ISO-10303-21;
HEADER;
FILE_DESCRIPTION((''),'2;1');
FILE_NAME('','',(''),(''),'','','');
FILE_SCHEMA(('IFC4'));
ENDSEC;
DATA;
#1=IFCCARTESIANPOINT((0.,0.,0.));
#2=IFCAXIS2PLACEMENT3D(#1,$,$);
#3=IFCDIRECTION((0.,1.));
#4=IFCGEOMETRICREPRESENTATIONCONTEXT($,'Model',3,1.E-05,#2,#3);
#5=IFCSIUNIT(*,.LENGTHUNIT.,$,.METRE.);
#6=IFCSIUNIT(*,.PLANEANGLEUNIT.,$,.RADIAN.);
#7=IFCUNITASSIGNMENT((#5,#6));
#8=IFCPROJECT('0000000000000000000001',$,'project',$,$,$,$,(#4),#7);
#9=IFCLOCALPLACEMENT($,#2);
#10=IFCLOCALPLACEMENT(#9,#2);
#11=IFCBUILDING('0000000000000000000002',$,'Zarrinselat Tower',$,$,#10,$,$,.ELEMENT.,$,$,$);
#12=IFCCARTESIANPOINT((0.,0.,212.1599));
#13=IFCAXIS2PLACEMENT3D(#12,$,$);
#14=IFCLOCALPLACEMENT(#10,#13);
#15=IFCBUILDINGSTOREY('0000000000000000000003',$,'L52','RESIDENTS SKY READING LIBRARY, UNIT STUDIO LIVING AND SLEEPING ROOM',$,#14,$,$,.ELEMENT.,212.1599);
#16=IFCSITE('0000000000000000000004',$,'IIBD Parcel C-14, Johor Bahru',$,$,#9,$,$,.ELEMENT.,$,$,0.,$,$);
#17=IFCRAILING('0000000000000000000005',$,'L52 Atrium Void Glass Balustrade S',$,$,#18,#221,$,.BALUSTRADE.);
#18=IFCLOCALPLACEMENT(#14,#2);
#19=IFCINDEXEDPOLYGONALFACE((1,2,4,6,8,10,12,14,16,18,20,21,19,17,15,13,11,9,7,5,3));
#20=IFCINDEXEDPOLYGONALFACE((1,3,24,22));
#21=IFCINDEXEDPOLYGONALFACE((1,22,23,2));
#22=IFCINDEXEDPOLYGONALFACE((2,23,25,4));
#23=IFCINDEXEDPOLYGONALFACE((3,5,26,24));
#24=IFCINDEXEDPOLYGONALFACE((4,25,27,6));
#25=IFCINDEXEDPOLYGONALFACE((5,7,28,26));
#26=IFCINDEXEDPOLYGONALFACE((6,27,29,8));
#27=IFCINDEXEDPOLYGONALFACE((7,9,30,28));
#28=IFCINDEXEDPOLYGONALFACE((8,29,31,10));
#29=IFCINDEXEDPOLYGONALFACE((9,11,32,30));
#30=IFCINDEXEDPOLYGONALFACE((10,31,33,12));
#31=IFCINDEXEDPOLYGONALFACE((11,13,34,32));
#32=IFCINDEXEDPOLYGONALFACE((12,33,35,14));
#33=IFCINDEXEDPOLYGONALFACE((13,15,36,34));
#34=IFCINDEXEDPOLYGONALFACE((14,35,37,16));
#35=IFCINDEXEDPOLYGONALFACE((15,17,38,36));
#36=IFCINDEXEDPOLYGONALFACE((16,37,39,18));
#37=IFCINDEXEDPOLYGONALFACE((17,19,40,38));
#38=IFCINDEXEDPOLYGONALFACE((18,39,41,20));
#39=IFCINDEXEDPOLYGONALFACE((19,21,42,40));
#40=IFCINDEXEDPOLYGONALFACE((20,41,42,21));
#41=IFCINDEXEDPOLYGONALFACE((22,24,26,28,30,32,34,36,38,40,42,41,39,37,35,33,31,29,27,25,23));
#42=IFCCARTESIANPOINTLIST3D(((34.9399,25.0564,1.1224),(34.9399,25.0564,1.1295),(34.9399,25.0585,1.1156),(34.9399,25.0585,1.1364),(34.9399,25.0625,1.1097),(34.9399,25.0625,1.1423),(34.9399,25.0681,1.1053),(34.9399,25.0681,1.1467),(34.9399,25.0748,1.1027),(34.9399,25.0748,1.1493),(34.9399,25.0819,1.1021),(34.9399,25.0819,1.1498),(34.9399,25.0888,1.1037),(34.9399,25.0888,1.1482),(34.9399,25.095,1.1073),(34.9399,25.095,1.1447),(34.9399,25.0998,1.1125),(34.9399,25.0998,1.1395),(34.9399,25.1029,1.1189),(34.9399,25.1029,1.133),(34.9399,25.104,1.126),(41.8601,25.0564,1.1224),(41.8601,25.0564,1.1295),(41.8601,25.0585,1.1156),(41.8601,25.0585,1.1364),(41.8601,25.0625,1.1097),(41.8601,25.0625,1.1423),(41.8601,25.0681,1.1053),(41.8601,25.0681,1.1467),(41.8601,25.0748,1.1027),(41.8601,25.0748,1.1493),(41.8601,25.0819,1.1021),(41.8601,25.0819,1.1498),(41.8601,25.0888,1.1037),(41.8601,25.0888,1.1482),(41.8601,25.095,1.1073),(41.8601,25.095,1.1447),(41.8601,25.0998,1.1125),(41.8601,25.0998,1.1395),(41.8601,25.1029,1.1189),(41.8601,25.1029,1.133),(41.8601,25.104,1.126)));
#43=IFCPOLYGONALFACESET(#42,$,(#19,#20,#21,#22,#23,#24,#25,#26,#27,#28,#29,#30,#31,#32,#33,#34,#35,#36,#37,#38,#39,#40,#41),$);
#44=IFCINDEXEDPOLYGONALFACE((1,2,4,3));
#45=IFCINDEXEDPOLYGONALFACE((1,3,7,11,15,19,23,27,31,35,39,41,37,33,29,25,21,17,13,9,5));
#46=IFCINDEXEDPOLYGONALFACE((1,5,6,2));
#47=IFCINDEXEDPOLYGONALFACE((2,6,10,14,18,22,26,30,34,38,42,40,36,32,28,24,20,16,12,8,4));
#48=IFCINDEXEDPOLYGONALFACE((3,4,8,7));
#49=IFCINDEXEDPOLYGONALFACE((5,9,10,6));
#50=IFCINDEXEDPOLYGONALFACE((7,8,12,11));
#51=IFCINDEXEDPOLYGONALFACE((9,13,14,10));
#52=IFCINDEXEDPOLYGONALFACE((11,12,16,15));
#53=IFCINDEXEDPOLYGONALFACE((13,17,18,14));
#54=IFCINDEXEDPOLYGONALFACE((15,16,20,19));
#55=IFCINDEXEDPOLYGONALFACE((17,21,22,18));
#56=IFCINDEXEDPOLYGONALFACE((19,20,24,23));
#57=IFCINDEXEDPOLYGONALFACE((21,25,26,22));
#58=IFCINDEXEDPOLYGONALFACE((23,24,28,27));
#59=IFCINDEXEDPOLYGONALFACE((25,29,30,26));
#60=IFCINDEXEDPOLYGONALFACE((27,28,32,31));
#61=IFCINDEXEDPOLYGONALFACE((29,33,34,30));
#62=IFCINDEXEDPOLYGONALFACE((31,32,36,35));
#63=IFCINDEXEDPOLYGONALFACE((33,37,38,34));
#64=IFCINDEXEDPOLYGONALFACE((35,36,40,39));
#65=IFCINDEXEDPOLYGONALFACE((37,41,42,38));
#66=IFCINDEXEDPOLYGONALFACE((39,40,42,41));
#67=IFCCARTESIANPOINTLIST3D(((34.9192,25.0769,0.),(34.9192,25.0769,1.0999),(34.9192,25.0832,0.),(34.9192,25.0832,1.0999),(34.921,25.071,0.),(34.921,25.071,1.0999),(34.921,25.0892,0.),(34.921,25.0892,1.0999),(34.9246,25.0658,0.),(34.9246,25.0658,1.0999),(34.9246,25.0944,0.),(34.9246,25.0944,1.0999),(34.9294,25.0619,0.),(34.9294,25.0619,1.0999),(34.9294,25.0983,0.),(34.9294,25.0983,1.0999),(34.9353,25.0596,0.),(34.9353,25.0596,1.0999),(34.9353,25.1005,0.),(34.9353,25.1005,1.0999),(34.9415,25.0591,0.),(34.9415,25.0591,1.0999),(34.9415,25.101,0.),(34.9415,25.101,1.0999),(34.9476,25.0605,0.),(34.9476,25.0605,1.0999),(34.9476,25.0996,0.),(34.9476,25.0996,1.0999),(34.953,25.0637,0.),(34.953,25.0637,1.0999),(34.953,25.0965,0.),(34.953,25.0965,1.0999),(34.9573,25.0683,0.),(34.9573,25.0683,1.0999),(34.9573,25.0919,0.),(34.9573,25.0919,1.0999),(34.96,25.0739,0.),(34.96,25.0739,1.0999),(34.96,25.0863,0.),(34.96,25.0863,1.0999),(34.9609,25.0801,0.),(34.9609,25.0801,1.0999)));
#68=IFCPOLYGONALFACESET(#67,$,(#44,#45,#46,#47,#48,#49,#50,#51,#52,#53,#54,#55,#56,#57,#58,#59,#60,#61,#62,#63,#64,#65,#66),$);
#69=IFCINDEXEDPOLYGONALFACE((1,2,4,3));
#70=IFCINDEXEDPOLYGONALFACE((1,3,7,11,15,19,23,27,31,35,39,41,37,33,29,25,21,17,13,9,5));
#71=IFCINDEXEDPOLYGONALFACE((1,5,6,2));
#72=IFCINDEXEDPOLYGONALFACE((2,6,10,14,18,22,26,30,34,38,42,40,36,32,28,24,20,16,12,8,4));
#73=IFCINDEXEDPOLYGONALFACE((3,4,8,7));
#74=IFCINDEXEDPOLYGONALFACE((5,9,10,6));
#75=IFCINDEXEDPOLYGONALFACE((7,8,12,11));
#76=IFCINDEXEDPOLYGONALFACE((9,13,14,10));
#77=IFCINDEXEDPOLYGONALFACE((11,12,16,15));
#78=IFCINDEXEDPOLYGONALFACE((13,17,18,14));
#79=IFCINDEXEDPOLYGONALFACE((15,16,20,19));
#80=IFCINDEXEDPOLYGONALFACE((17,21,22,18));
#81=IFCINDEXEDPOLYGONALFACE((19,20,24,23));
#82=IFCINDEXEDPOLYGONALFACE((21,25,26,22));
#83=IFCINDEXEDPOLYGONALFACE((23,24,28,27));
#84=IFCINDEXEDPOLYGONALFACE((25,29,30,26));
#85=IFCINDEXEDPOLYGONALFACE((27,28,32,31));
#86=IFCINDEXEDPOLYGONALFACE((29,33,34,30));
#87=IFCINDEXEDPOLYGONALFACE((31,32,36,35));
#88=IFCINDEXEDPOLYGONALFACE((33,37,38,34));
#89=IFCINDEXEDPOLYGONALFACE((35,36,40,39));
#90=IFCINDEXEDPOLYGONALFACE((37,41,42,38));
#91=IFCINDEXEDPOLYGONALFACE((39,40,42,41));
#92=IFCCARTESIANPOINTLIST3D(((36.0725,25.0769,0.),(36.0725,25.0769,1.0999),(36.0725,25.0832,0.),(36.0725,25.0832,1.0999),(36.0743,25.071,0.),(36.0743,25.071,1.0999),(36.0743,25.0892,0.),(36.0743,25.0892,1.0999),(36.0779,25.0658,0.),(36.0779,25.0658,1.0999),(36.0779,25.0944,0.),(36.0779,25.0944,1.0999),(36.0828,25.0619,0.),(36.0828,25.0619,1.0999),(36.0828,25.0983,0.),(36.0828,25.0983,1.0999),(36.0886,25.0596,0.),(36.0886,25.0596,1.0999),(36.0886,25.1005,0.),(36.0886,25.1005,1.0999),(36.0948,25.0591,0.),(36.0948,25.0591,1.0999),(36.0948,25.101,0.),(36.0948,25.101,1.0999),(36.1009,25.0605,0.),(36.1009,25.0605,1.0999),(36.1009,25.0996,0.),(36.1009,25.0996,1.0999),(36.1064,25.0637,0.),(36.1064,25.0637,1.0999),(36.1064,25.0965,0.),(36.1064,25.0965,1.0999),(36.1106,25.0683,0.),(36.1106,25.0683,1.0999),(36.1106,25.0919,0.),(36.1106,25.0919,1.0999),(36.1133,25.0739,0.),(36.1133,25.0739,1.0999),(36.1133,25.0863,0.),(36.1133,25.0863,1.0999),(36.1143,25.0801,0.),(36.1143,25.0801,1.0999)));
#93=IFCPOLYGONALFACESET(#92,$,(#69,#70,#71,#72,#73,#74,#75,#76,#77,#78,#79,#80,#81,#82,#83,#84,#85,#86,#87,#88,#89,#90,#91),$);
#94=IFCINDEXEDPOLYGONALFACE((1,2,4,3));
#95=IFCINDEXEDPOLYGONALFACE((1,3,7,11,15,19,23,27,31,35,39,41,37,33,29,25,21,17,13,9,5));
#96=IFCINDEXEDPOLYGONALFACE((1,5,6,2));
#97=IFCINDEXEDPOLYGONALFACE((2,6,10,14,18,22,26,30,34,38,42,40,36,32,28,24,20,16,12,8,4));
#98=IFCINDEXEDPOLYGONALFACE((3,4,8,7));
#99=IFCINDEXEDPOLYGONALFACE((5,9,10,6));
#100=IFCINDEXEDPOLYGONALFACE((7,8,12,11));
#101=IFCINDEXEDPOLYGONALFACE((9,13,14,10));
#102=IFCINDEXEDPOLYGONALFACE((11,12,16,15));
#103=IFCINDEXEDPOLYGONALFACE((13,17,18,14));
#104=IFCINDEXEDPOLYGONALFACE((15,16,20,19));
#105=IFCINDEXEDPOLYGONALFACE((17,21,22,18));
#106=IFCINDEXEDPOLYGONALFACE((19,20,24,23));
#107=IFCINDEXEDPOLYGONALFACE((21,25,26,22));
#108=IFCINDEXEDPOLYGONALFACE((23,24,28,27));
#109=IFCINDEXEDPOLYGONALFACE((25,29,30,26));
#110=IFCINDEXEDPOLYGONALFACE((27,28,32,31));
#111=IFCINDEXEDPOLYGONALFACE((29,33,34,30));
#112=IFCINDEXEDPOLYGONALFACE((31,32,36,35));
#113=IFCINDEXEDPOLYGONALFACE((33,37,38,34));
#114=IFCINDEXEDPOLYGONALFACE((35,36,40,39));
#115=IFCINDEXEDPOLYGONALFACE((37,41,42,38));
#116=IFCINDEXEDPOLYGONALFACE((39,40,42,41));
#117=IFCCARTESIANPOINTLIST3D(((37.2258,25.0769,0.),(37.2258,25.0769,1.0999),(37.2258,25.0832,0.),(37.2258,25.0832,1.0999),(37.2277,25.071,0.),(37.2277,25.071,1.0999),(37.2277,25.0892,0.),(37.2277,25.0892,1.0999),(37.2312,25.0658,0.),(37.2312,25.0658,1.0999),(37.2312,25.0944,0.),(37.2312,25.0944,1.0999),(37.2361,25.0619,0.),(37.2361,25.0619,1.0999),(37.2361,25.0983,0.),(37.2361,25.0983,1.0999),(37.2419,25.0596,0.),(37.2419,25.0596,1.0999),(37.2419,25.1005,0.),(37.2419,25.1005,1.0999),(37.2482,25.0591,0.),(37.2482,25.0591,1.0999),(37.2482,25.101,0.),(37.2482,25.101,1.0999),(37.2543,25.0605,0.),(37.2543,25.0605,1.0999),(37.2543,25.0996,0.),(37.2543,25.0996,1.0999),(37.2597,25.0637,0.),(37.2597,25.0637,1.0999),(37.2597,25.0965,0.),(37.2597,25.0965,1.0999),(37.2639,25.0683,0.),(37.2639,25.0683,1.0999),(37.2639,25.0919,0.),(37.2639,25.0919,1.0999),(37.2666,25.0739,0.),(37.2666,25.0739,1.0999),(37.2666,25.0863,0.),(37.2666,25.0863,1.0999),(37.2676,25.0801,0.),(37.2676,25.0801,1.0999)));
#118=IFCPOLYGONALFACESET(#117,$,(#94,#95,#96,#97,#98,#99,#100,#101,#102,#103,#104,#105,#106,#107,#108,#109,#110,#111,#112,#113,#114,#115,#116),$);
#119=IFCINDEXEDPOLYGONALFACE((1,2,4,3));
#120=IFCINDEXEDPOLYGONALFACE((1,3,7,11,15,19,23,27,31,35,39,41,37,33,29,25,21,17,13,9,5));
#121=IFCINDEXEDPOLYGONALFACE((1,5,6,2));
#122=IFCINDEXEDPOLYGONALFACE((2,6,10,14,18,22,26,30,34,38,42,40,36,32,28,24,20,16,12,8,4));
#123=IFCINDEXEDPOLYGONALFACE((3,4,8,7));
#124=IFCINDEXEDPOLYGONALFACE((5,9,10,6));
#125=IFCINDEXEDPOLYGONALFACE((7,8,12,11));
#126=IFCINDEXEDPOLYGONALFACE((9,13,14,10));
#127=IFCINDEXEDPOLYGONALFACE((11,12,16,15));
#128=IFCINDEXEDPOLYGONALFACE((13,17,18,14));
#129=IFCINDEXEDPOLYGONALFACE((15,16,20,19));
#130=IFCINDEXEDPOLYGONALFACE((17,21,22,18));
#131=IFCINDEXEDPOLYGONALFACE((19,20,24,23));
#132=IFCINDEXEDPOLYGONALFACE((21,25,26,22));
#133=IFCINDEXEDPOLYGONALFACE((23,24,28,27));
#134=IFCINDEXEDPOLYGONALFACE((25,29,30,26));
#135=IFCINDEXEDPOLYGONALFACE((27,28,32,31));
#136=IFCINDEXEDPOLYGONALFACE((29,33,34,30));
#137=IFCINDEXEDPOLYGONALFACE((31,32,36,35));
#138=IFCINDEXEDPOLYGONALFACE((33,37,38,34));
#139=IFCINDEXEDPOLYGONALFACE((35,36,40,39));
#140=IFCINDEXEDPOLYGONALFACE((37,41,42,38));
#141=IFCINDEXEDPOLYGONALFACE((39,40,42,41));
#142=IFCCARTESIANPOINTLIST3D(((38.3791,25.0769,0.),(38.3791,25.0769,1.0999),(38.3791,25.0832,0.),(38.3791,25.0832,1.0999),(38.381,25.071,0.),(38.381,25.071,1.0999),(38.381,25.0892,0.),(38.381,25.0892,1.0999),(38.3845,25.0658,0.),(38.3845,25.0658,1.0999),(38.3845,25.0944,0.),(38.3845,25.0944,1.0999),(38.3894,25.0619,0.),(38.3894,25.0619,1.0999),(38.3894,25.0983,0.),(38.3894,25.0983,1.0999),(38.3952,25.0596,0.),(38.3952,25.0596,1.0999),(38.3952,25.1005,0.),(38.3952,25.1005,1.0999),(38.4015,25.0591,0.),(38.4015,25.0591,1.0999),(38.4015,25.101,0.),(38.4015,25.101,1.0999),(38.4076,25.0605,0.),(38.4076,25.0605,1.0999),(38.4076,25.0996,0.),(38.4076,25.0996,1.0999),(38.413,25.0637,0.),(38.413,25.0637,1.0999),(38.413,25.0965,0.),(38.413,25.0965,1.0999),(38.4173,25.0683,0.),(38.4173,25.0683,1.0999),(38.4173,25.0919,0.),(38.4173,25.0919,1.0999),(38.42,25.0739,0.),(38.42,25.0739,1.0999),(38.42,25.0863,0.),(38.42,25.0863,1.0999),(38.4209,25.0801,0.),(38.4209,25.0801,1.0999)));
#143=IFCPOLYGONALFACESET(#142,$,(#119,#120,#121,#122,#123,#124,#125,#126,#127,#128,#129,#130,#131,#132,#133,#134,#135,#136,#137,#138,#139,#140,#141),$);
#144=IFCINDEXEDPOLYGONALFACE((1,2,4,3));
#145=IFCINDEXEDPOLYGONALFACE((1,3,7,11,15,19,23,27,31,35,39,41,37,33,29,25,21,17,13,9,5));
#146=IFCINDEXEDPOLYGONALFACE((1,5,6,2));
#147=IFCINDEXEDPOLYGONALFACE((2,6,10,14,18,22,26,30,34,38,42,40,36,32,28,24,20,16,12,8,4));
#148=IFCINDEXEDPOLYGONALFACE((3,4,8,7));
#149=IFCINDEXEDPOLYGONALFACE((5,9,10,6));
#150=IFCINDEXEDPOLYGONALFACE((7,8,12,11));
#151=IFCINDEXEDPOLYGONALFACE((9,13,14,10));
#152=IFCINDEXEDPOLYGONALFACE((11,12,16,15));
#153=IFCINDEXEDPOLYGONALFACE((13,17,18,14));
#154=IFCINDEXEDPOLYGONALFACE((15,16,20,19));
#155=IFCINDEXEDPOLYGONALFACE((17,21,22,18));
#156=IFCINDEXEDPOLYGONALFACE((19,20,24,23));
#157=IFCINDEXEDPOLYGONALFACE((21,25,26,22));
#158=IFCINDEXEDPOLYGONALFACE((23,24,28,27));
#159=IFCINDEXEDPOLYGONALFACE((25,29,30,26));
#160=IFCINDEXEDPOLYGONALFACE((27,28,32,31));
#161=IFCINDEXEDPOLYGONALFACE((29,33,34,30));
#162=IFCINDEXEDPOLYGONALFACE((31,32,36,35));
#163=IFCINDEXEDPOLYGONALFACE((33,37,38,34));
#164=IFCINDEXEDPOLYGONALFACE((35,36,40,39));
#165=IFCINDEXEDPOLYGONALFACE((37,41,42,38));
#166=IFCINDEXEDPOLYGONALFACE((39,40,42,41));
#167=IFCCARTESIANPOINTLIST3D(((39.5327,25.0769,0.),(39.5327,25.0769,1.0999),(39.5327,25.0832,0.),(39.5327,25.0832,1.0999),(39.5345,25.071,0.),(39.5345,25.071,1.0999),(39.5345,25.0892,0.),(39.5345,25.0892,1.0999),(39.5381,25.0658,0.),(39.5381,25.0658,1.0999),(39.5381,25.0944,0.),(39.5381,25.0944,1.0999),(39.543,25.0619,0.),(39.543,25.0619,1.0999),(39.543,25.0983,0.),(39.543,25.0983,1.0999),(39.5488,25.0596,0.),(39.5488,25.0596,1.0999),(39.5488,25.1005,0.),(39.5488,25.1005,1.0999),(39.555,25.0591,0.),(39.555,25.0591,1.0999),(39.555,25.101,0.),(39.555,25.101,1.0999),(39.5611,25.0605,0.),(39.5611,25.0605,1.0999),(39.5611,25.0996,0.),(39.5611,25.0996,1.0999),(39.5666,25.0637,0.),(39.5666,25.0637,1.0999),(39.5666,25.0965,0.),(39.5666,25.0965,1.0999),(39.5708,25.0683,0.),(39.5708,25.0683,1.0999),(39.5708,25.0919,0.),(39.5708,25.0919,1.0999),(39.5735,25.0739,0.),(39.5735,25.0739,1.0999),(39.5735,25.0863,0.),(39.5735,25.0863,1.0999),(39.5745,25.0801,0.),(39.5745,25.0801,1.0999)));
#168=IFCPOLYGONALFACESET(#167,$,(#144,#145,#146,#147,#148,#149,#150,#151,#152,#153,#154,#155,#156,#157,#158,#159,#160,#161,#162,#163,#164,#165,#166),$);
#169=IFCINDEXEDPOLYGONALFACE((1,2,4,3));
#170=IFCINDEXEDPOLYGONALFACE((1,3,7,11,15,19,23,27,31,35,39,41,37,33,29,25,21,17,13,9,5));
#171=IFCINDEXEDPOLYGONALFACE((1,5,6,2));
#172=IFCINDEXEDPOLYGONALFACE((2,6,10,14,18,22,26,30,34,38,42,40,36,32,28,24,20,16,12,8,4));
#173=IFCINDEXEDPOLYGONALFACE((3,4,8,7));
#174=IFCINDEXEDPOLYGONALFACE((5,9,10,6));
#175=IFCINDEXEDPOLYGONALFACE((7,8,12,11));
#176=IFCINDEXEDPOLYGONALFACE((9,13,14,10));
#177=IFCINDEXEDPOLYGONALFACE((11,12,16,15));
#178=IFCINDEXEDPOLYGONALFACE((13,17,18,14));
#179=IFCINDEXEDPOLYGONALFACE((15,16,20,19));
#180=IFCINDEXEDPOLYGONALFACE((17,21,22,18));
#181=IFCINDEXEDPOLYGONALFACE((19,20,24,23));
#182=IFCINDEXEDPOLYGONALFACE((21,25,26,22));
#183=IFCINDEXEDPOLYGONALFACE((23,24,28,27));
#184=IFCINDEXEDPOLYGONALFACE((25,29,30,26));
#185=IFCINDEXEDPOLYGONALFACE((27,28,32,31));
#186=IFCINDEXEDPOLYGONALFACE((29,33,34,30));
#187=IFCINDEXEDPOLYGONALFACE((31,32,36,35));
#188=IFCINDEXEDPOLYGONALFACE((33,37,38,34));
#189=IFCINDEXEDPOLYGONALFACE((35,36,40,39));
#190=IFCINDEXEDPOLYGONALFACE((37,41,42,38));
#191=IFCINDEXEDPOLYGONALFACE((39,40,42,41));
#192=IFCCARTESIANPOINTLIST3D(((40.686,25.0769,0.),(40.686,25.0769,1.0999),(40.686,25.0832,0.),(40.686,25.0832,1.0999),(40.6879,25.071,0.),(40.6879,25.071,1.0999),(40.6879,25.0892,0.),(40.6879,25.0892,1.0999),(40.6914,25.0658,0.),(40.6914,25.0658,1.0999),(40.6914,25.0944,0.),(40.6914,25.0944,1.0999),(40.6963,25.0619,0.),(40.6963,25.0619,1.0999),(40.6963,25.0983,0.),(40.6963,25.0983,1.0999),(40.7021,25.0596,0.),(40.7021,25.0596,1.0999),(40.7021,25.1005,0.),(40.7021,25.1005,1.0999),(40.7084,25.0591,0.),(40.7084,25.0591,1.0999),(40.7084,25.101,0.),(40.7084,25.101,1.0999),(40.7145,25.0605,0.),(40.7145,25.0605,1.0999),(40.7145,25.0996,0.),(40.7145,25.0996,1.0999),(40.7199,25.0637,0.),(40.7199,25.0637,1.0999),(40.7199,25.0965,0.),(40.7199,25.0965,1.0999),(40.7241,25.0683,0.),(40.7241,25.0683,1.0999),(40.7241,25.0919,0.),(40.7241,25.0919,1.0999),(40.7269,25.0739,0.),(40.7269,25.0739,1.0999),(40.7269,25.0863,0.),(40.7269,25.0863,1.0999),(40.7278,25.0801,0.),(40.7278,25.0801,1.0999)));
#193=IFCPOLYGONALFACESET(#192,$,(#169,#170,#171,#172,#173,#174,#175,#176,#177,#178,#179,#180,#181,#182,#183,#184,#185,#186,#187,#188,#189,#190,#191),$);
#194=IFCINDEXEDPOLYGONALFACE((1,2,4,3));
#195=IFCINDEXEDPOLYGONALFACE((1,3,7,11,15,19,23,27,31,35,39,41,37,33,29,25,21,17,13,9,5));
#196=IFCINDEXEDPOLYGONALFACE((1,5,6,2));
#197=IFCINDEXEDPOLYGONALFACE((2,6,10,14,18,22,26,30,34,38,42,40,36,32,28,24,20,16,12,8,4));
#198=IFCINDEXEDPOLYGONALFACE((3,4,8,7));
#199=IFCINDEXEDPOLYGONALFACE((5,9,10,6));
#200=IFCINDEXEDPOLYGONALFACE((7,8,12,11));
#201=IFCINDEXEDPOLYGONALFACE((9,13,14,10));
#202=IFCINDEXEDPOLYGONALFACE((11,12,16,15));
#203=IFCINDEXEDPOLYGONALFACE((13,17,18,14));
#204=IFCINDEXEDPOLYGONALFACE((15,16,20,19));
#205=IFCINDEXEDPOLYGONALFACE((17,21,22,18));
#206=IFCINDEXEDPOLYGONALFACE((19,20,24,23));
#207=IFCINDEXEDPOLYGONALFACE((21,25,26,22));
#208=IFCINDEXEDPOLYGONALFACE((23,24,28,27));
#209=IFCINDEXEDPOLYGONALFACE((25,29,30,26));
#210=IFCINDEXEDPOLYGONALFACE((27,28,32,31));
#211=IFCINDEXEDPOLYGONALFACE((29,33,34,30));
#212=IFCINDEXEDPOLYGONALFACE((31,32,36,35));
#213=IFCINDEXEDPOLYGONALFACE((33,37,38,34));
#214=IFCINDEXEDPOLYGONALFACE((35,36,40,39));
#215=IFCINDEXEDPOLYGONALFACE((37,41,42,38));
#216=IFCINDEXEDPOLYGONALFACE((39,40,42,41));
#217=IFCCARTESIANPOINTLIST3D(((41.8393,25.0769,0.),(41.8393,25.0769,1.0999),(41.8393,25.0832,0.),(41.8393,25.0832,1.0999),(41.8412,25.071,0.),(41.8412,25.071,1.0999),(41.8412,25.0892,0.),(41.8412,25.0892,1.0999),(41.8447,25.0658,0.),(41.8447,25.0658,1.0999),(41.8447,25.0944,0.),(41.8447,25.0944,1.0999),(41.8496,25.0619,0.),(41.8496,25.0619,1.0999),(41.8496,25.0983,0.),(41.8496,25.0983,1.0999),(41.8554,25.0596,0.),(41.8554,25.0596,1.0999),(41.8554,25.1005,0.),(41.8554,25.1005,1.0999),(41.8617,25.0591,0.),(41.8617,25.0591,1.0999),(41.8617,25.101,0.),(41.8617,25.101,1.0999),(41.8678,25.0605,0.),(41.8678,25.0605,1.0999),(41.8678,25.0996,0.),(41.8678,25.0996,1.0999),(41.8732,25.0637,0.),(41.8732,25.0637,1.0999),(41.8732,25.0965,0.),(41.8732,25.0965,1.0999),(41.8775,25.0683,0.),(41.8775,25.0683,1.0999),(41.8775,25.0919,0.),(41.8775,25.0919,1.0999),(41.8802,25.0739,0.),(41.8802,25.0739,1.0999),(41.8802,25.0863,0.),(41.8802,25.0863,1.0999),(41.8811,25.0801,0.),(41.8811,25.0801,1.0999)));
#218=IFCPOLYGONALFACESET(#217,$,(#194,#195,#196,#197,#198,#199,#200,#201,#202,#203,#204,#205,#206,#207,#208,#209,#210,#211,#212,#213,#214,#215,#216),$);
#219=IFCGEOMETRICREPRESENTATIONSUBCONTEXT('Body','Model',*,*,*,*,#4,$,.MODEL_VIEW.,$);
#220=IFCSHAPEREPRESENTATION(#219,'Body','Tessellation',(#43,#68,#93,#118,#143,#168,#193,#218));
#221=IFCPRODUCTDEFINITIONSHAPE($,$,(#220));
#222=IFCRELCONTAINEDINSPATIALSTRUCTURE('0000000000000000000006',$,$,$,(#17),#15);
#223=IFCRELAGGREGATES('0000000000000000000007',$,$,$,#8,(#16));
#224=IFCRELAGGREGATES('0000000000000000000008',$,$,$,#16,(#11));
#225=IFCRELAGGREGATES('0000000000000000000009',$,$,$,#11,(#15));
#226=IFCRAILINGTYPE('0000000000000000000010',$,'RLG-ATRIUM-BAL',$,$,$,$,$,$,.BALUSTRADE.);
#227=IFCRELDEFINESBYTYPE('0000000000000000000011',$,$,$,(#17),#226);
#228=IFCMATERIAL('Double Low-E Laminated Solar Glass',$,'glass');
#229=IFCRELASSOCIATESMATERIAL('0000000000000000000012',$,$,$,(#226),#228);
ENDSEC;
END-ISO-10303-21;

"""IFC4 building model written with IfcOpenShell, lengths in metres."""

from ifc_helpers import new_model, si_unit, direction, frame, origin, origin_2d, place, context, subcontext, project, spatial, circle, extrude, material, type_object, element, save


model = new_model("IFC4")

# Units and contexts
model_context = context("Model", 3, precision=1e-05, world=origin(), true_north=direction((0.0, 1.0)))
body_context = subcontext(model_context, "Body", "Model", "MODEL_VIEW")
ifc_project = project(units=[si_unit("LENGTHUNIT", "METRE"), si_unit("PLANEANGLEUNIT", "RADIAN")], contexts=[model_context])

# Site, building, storey
site_placement = place(None, origin())
site = spatial("IfcSite", under=ifc_project, at=site_placement, Name="IIBD Parcel C-14, Johor Bahru", CompositionType="ELEMENT", RefElevation=0.0)
building_placement = place(site_placement, origin())
building = spatial("IfcBuilding", under=site, at=building_placement, Name="Zarrinselat Tower", CompositionType="ELEMENT")
storey_placement = place(building_placement, frame((0.0, 0.0, 212.1599)))
storey = spatial("IfcBuildingStorey", under=building, at=storey_placement, Name="L52", Description="RESIDENTS SKY READING LIBRARY, UNIT STUDIO LIVING AND SLEEPING ROOM", CompositionType="ELEMENT", Elevation=212.1599)

# Railing
ifc_material_1 = material(Name="Double Low-E Laminated Solar Glass", Category="glass")
railing_type = type_object("IfcRailingType", Name="RLG-ATRIUM-BAL", PredefinedType="BALUSTRADE", material=ifc_material_1)
railing_placement = place(storey_placement, frame((34.9399, 25.0801, 0.0)))
element("IfcRailing", 1, at=railing_placement, inside=storey, type_object=railing_type, Name="L52 Atrium Void Glass Balustrade S", PredefinedType="BALUSTRADE", context=body_context, shape_type="SweptSolid", body=[
    extrude(circle(Radius=0.0239, at=origin_2d()), frame((0.0, 0.0, 1.126), z_axis=(1.0, 0.0, 0.0), x_axis=(0.0, 1.0, 0.0)), (0.0, 0.0, 1.0), 6.9202),
    extrude(circle(Radius=0.021, at=origin_2d()), origin(), (0.0, 0.0, 1.0), 1.0999),
    extrude(circle(Radius=0.021, at=origin_2d()), frame((1.1533, 0.0, 0.0)), (0.0, 0.0, 1.0), 1.0999),
    extrude(circle(Radius=0.021, at=origin_2d()), frame((2.3066, 0.0, 0.0)), (0.0, 0.0, 1.0), 1.0999),
    extrude(circle(Radius=0.021, at=origin_2d()), frame((3.46, 0.0, 0.0)), (0.0, 0.0, 1.0), 1.0999),
    extrude(circle(Radius=0.021, at=origin_2d()), frame((4.6135, 0.0, 0.0)), (0.0, 0.0, 1.0), 1.0999),
    extrude(circle(Radius=0.021, at=origin_2d()), frame((5.7668, 0.0, 0.0)), (0.0, 0.0, 1.0), 1.0999),
    extrude(circle(Radius=0.021, at=origin_2d()), frame((6.9202, 0.0, 0.0)), (0.0, 0.0, 1.0), 1.0999),
])

save(model, "model.ifc")
